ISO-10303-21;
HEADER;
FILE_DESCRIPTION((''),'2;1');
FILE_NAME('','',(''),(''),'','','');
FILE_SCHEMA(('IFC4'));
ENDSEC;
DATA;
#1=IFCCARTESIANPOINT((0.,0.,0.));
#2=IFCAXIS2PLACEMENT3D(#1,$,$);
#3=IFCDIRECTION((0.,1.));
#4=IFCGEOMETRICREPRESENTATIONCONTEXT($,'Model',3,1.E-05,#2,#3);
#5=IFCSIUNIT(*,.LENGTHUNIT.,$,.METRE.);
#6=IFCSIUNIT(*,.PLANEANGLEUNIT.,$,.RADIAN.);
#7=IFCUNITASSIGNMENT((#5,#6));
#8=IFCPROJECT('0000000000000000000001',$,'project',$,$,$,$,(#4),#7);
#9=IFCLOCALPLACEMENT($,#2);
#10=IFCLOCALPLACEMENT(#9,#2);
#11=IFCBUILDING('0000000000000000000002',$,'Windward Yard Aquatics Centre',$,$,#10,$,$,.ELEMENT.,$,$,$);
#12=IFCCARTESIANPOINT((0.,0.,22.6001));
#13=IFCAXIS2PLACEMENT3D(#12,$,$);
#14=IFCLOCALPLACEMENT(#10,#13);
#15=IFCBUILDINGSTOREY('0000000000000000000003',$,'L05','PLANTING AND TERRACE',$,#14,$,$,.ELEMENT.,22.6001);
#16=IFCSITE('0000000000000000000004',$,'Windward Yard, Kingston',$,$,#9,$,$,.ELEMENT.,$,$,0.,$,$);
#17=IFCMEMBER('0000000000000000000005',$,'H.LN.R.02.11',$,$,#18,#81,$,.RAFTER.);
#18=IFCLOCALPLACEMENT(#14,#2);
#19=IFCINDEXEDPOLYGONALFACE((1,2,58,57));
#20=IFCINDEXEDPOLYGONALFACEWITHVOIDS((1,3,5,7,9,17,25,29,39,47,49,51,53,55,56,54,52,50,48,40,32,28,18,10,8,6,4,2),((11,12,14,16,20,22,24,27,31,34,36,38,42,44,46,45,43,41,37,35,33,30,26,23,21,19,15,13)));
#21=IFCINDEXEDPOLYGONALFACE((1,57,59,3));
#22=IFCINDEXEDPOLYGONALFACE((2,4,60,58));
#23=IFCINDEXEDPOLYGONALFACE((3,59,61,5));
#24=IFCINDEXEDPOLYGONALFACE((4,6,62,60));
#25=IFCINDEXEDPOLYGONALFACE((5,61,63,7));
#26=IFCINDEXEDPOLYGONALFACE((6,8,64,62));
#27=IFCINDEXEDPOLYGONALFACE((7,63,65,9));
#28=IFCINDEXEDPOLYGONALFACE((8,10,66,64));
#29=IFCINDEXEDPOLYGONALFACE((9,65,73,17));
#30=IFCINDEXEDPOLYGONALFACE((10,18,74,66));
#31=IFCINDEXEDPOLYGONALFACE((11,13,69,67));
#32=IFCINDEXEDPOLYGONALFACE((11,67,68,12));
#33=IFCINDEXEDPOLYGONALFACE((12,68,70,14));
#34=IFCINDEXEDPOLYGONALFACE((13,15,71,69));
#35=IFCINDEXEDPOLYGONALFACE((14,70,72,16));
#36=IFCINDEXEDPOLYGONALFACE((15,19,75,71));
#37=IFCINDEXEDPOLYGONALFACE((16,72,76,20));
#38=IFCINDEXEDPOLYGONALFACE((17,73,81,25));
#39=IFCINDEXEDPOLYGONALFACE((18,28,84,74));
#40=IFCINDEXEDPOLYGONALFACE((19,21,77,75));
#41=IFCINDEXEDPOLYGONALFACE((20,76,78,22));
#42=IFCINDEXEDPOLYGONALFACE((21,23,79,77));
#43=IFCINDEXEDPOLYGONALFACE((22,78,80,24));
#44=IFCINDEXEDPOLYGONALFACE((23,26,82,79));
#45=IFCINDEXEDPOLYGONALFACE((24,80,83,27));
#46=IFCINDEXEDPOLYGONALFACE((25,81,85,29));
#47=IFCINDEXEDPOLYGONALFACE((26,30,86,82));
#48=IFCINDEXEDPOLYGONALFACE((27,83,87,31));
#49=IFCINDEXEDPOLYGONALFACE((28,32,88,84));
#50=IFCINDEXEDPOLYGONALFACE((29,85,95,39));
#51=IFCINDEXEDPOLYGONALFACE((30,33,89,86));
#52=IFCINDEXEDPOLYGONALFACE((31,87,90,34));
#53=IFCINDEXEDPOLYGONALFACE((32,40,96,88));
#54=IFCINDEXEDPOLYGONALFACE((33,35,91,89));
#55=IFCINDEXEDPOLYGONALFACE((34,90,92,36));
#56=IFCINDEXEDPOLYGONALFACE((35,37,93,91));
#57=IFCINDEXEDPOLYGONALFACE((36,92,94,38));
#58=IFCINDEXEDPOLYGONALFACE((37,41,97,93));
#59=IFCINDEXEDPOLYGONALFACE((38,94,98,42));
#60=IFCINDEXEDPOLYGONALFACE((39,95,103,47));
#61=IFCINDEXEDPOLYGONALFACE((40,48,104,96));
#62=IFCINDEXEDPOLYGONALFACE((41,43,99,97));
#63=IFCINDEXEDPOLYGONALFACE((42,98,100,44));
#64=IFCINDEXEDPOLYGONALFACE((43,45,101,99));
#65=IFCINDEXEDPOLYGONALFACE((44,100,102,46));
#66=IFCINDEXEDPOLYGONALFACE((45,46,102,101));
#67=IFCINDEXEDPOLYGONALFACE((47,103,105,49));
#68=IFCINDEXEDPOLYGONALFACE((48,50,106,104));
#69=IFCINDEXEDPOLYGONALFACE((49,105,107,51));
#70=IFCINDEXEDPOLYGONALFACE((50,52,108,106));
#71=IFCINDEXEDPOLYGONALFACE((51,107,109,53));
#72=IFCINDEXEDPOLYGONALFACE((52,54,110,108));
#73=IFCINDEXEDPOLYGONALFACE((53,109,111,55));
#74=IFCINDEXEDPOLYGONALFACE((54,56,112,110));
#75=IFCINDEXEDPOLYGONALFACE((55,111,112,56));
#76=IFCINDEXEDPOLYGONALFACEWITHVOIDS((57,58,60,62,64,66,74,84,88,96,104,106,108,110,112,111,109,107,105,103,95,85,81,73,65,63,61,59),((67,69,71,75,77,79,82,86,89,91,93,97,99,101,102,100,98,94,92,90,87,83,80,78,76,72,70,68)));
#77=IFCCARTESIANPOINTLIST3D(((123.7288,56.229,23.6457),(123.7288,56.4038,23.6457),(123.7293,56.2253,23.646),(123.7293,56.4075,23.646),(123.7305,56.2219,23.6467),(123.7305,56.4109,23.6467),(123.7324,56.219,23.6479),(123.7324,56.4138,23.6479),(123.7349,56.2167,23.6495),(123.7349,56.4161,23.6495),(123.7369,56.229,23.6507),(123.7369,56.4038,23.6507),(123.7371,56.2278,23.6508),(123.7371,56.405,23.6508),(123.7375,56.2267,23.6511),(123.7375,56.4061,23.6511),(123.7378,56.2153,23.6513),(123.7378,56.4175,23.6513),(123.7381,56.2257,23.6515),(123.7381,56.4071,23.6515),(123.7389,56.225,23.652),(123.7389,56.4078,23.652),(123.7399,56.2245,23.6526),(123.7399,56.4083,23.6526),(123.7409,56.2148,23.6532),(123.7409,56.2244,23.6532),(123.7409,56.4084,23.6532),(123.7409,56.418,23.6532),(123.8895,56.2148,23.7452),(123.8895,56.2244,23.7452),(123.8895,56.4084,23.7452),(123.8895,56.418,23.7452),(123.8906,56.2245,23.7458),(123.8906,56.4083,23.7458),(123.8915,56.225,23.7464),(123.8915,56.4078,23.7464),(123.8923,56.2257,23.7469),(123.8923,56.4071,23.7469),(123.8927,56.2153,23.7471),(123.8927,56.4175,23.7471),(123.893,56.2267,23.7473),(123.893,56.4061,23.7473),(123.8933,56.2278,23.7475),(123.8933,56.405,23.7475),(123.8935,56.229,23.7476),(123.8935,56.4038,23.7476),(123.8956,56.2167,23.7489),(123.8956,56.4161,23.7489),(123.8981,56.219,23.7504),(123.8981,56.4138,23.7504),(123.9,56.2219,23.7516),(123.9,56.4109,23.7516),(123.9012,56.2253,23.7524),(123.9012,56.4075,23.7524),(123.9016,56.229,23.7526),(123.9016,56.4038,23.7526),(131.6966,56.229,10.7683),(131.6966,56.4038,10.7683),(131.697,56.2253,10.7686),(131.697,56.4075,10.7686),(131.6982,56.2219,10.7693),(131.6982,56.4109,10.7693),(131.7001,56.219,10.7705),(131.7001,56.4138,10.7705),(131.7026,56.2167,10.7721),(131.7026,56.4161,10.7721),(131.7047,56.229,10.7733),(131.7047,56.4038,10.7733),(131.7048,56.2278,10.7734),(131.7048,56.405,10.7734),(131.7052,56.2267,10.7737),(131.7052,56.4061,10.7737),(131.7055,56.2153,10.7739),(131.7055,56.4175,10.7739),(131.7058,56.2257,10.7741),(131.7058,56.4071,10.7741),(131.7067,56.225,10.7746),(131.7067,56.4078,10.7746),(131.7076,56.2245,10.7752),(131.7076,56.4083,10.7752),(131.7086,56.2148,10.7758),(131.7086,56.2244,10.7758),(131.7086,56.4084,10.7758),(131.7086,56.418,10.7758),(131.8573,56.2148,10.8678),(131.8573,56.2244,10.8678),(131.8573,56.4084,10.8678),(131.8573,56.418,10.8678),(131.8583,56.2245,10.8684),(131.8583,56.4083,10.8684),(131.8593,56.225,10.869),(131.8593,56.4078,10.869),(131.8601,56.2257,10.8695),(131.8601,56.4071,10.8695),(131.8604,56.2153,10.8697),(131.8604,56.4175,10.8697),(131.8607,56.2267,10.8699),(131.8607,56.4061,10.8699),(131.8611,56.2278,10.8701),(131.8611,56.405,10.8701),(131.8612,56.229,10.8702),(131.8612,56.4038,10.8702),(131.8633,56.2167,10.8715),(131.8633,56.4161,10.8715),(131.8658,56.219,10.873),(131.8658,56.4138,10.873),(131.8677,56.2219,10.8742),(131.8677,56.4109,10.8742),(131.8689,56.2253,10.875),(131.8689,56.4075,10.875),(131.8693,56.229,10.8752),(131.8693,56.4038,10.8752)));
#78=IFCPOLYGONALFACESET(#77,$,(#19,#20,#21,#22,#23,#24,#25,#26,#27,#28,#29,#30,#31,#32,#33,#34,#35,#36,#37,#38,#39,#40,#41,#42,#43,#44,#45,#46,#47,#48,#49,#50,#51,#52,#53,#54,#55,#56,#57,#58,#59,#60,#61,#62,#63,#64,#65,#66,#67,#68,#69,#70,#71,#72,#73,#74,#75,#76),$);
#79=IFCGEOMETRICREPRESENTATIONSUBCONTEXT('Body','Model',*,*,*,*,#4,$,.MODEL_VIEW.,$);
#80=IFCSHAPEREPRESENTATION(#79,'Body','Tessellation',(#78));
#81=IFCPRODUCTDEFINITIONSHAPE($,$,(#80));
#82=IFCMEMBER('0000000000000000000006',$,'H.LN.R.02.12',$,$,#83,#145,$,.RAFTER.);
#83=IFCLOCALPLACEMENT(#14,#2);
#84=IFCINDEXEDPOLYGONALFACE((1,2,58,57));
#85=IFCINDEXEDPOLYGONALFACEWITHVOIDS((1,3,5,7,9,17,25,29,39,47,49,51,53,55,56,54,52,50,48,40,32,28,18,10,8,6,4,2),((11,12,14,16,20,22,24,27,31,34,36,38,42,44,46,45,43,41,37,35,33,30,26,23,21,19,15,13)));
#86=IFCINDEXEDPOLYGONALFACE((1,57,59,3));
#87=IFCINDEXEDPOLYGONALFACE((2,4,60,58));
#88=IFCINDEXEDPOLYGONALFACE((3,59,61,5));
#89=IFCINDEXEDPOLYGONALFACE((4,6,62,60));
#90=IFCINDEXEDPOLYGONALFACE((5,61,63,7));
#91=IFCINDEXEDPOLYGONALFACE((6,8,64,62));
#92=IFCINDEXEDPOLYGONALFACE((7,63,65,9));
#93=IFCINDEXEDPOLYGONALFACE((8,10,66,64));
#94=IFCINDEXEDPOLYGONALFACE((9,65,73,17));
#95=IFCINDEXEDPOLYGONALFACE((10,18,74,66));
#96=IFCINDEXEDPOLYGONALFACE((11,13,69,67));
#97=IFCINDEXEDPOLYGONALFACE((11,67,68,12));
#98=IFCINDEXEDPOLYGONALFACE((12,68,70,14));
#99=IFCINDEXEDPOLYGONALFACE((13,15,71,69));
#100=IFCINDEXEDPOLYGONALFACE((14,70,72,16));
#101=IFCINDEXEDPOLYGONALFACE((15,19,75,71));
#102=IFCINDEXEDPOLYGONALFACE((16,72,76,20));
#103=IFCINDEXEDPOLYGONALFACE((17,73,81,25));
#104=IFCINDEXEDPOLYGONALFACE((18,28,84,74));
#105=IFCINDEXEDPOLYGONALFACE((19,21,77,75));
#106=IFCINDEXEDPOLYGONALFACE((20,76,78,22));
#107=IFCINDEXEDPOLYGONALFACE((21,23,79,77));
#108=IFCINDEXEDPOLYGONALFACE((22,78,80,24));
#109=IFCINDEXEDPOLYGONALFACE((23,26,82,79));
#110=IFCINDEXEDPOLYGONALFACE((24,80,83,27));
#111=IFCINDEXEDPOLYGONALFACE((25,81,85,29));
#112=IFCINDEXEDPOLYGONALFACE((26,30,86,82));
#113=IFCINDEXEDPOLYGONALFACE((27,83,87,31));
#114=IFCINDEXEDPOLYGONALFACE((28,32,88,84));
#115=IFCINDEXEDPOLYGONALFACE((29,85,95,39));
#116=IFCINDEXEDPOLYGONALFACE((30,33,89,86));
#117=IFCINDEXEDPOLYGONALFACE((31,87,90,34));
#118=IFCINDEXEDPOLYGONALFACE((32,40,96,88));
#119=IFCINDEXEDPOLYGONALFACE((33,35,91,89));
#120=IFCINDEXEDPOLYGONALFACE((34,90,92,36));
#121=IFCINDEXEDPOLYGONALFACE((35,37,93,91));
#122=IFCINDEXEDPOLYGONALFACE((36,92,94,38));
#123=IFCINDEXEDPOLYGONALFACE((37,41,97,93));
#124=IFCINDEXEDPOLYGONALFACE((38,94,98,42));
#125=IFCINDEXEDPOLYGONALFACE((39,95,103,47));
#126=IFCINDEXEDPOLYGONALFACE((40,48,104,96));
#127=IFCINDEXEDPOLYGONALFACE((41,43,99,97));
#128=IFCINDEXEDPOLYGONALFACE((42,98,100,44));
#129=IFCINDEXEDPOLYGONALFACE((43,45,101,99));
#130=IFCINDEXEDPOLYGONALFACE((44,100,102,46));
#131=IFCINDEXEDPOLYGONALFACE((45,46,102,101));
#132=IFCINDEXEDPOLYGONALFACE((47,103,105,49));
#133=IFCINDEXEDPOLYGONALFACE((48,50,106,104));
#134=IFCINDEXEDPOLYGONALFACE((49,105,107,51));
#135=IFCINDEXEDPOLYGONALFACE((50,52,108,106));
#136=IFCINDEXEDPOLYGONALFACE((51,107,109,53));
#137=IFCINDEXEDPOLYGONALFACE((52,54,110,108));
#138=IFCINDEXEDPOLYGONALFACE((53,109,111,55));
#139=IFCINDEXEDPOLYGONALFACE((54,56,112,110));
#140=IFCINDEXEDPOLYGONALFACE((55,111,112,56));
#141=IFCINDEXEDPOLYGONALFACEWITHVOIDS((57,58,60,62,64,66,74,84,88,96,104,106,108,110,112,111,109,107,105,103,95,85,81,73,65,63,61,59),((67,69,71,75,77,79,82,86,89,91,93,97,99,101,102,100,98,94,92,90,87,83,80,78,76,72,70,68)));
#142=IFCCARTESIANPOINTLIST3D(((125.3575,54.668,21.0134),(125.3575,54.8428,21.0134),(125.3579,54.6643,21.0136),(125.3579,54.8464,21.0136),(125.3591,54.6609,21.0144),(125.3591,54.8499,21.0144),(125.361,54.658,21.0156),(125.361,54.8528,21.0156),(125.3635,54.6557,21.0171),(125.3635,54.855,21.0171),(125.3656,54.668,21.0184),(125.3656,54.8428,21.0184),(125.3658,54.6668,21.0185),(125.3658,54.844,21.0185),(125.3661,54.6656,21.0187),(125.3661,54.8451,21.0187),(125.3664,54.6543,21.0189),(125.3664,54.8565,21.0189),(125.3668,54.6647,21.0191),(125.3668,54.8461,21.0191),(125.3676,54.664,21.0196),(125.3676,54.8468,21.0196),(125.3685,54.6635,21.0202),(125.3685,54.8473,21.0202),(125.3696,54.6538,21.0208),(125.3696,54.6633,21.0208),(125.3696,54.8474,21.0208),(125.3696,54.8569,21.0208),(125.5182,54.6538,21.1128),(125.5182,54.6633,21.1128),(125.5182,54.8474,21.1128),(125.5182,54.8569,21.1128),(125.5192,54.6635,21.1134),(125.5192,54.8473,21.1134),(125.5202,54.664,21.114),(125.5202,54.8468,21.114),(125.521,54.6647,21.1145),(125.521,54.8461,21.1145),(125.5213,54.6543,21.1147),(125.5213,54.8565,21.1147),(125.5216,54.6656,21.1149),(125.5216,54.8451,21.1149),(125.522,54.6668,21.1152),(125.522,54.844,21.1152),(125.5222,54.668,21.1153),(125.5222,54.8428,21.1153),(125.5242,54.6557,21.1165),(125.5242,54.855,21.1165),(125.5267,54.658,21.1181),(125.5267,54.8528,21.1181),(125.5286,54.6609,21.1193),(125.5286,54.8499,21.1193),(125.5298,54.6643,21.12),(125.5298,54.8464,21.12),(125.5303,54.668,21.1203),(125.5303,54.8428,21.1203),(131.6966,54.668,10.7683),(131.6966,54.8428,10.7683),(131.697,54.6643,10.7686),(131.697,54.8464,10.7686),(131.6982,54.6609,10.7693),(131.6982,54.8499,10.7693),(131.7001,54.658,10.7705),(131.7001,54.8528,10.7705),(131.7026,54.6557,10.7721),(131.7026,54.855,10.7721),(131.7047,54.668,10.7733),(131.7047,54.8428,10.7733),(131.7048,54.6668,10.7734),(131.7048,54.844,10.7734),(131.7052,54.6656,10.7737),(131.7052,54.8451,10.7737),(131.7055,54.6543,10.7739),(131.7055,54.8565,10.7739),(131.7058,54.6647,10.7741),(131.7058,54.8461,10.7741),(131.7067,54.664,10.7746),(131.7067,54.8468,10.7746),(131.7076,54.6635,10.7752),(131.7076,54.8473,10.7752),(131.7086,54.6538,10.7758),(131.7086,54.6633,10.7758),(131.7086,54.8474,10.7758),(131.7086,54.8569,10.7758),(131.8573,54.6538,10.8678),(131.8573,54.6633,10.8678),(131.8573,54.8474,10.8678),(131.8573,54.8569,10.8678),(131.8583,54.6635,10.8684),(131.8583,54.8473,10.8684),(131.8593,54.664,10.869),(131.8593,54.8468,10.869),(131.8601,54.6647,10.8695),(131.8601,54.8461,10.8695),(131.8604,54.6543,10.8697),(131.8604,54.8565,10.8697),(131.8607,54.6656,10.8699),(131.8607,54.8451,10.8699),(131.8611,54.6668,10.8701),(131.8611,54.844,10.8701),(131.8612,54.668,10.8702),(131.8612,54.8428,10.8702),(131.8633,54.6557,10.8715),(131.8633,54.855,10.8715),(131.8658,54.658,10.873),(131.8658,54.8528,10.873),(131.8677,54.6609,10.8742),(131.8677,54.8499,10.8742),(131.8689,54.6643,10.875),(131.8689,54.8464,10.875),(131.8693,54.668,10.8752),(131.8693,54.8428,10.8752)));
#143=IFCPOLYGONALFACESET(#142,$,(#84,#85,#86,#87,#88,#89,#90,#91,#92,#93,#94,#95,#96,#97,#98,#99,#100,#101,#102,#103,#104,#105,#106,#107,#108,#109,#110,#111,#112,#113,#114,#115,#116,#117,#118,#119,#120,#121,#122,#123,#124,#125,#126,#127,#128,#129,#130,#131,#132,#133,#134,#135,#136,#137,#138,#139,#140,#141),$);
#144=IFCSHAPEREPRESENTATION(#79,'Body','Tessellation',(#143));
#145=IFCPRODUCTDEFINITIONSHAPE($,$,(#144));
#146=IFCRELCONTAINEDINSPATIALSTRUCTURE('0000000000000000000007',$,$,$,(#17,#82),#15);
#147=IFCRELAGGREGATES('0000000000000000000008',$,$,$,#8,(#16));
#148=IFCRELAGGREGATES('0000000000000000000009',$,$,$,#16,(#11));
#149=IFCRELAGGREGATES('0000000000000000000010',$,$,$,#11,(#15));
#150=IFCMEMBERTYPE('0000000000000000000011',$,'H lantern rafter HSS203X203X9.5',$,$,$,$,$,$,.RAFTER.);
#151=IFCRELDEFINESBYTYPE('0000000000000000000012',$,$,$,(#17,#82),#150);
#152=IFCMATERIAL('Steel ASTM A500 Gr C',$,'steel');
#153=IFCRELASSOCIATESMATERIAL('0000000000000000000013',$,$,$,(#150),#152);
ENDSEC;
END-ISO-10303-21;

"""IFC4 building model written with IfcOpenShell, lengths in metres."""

from ifc_helpers import new_model, si_unit, direction, frame, origin, origin_2d, place, context, subcontext, project, spatial, hollow_rectangle, extrude, material, material_profile, profile_set, type_object, element, save


model = new_model("IFC4")

# Units and contexts
model_context = context("Model", 3, precision=1e-05, world=origin(), true_north=direction((0.0, 1.0)))
body_context = subcontext(model_context, "Body", "Model", "MODEL_VIEW")
ifc_project = project(units=[si_unit("LENGTHUNIT", "METRE"), si_unit("PLANEANGLEUNIT", "RADIAN")], contexts=[model_context])

# Site, building, storey
site_placement = place(None, origin())
site = spatial("IfcSite", under=ifc_project, at=site_placement, Name="Windward Yard, Kingston", CompositionType="ELEMENT", RefElevation=0.0)
building_placement = place(site_placement, origin())
building = spatial("IfcBuilding", under=site, at=building_placement, Name="Windward Yard Aquatics Centre", CompositionType="ELEMENT")
storey_placement = place(building_placement, frame((0.0, 0.0, 22.6001)))
storey = spatial("IfcBuildingStorey", under=building, at=storey_placement, Name="L05", Description="PLANTING AND TERRACE", CompositionType="ELEMENT", Elevation=22.6001)

# Members
ifc_material_1 = material(Name="Steel ASTM A500 Gr C", Category="steel")
ifc_material_profile_1 = material_profile(ifc_material_1, hollow_rectangle(XDim=0.2031, YDim=0.2031, WallThickness=0.0095, InnerFilletRadius=0.0046, OuterFilletRadius=0.0142, at=origin_2d()), Name="HSS203X203X9.5")
ifc_profile_set_1 = profile_set([ifc_material_profile_1], Name="Steel ASTM A500 Gr C")
member_type_1 = type_object("IfcMemberType", Name="H lantern rafter HSS203X203X9.5", PredefinedType="RAFTER", material=ifc_profile_set_1)
member_1_placement = place(storey_placement, frame((131.783, 56.3164, 10.8218), z_axis=(-0.526165, 0.0, 0.850383), x_axis=(0.0, -1.0, 0.0)))
element("IfcMember", 1, at=member_1_placement, inside=storey, type_object=member_type_1, Name="H.LN.R.02.11", PredefinedType="RAFTER", context=body_context, shape_type="SweptSolid", body=[
    extrude(hollow_rectangle(XDim=0.2031, YDim=0.2031, WallThickness=0.0095, InnerFilletRadius=0.0046, OuterFilletRadius=0.0142, at=origin_2d()), origin(), (0.0, 0.0, 1.0), 15.1431),
])
member_2_placement = place(storey_placement, frame((131.783, 54.7554, 10.8218), z_axis=(-0.526168, 0.0, 0.85038), x_axis=(0.0, -1.0, 0.0)))
element("IfcMember", 2, at=member_2_placement, inside=storey, type_object=member_type_1, Name="H.LN.R.02.12", PredefinedType="RAFTER", context=body_context, shape_type="SweptSolid", body=[
    extrude(hollow_rectangle(XDim=0.2031, YDim=0.2031, WallThickness=0.0095, InnerFilletRadius=0.0046, OuterFilletRadius=0.0142, at=origin_2d()), origin(), (0.0, 0.0, 1.0), 12.0476),
])

save(model, "model.ifc")
